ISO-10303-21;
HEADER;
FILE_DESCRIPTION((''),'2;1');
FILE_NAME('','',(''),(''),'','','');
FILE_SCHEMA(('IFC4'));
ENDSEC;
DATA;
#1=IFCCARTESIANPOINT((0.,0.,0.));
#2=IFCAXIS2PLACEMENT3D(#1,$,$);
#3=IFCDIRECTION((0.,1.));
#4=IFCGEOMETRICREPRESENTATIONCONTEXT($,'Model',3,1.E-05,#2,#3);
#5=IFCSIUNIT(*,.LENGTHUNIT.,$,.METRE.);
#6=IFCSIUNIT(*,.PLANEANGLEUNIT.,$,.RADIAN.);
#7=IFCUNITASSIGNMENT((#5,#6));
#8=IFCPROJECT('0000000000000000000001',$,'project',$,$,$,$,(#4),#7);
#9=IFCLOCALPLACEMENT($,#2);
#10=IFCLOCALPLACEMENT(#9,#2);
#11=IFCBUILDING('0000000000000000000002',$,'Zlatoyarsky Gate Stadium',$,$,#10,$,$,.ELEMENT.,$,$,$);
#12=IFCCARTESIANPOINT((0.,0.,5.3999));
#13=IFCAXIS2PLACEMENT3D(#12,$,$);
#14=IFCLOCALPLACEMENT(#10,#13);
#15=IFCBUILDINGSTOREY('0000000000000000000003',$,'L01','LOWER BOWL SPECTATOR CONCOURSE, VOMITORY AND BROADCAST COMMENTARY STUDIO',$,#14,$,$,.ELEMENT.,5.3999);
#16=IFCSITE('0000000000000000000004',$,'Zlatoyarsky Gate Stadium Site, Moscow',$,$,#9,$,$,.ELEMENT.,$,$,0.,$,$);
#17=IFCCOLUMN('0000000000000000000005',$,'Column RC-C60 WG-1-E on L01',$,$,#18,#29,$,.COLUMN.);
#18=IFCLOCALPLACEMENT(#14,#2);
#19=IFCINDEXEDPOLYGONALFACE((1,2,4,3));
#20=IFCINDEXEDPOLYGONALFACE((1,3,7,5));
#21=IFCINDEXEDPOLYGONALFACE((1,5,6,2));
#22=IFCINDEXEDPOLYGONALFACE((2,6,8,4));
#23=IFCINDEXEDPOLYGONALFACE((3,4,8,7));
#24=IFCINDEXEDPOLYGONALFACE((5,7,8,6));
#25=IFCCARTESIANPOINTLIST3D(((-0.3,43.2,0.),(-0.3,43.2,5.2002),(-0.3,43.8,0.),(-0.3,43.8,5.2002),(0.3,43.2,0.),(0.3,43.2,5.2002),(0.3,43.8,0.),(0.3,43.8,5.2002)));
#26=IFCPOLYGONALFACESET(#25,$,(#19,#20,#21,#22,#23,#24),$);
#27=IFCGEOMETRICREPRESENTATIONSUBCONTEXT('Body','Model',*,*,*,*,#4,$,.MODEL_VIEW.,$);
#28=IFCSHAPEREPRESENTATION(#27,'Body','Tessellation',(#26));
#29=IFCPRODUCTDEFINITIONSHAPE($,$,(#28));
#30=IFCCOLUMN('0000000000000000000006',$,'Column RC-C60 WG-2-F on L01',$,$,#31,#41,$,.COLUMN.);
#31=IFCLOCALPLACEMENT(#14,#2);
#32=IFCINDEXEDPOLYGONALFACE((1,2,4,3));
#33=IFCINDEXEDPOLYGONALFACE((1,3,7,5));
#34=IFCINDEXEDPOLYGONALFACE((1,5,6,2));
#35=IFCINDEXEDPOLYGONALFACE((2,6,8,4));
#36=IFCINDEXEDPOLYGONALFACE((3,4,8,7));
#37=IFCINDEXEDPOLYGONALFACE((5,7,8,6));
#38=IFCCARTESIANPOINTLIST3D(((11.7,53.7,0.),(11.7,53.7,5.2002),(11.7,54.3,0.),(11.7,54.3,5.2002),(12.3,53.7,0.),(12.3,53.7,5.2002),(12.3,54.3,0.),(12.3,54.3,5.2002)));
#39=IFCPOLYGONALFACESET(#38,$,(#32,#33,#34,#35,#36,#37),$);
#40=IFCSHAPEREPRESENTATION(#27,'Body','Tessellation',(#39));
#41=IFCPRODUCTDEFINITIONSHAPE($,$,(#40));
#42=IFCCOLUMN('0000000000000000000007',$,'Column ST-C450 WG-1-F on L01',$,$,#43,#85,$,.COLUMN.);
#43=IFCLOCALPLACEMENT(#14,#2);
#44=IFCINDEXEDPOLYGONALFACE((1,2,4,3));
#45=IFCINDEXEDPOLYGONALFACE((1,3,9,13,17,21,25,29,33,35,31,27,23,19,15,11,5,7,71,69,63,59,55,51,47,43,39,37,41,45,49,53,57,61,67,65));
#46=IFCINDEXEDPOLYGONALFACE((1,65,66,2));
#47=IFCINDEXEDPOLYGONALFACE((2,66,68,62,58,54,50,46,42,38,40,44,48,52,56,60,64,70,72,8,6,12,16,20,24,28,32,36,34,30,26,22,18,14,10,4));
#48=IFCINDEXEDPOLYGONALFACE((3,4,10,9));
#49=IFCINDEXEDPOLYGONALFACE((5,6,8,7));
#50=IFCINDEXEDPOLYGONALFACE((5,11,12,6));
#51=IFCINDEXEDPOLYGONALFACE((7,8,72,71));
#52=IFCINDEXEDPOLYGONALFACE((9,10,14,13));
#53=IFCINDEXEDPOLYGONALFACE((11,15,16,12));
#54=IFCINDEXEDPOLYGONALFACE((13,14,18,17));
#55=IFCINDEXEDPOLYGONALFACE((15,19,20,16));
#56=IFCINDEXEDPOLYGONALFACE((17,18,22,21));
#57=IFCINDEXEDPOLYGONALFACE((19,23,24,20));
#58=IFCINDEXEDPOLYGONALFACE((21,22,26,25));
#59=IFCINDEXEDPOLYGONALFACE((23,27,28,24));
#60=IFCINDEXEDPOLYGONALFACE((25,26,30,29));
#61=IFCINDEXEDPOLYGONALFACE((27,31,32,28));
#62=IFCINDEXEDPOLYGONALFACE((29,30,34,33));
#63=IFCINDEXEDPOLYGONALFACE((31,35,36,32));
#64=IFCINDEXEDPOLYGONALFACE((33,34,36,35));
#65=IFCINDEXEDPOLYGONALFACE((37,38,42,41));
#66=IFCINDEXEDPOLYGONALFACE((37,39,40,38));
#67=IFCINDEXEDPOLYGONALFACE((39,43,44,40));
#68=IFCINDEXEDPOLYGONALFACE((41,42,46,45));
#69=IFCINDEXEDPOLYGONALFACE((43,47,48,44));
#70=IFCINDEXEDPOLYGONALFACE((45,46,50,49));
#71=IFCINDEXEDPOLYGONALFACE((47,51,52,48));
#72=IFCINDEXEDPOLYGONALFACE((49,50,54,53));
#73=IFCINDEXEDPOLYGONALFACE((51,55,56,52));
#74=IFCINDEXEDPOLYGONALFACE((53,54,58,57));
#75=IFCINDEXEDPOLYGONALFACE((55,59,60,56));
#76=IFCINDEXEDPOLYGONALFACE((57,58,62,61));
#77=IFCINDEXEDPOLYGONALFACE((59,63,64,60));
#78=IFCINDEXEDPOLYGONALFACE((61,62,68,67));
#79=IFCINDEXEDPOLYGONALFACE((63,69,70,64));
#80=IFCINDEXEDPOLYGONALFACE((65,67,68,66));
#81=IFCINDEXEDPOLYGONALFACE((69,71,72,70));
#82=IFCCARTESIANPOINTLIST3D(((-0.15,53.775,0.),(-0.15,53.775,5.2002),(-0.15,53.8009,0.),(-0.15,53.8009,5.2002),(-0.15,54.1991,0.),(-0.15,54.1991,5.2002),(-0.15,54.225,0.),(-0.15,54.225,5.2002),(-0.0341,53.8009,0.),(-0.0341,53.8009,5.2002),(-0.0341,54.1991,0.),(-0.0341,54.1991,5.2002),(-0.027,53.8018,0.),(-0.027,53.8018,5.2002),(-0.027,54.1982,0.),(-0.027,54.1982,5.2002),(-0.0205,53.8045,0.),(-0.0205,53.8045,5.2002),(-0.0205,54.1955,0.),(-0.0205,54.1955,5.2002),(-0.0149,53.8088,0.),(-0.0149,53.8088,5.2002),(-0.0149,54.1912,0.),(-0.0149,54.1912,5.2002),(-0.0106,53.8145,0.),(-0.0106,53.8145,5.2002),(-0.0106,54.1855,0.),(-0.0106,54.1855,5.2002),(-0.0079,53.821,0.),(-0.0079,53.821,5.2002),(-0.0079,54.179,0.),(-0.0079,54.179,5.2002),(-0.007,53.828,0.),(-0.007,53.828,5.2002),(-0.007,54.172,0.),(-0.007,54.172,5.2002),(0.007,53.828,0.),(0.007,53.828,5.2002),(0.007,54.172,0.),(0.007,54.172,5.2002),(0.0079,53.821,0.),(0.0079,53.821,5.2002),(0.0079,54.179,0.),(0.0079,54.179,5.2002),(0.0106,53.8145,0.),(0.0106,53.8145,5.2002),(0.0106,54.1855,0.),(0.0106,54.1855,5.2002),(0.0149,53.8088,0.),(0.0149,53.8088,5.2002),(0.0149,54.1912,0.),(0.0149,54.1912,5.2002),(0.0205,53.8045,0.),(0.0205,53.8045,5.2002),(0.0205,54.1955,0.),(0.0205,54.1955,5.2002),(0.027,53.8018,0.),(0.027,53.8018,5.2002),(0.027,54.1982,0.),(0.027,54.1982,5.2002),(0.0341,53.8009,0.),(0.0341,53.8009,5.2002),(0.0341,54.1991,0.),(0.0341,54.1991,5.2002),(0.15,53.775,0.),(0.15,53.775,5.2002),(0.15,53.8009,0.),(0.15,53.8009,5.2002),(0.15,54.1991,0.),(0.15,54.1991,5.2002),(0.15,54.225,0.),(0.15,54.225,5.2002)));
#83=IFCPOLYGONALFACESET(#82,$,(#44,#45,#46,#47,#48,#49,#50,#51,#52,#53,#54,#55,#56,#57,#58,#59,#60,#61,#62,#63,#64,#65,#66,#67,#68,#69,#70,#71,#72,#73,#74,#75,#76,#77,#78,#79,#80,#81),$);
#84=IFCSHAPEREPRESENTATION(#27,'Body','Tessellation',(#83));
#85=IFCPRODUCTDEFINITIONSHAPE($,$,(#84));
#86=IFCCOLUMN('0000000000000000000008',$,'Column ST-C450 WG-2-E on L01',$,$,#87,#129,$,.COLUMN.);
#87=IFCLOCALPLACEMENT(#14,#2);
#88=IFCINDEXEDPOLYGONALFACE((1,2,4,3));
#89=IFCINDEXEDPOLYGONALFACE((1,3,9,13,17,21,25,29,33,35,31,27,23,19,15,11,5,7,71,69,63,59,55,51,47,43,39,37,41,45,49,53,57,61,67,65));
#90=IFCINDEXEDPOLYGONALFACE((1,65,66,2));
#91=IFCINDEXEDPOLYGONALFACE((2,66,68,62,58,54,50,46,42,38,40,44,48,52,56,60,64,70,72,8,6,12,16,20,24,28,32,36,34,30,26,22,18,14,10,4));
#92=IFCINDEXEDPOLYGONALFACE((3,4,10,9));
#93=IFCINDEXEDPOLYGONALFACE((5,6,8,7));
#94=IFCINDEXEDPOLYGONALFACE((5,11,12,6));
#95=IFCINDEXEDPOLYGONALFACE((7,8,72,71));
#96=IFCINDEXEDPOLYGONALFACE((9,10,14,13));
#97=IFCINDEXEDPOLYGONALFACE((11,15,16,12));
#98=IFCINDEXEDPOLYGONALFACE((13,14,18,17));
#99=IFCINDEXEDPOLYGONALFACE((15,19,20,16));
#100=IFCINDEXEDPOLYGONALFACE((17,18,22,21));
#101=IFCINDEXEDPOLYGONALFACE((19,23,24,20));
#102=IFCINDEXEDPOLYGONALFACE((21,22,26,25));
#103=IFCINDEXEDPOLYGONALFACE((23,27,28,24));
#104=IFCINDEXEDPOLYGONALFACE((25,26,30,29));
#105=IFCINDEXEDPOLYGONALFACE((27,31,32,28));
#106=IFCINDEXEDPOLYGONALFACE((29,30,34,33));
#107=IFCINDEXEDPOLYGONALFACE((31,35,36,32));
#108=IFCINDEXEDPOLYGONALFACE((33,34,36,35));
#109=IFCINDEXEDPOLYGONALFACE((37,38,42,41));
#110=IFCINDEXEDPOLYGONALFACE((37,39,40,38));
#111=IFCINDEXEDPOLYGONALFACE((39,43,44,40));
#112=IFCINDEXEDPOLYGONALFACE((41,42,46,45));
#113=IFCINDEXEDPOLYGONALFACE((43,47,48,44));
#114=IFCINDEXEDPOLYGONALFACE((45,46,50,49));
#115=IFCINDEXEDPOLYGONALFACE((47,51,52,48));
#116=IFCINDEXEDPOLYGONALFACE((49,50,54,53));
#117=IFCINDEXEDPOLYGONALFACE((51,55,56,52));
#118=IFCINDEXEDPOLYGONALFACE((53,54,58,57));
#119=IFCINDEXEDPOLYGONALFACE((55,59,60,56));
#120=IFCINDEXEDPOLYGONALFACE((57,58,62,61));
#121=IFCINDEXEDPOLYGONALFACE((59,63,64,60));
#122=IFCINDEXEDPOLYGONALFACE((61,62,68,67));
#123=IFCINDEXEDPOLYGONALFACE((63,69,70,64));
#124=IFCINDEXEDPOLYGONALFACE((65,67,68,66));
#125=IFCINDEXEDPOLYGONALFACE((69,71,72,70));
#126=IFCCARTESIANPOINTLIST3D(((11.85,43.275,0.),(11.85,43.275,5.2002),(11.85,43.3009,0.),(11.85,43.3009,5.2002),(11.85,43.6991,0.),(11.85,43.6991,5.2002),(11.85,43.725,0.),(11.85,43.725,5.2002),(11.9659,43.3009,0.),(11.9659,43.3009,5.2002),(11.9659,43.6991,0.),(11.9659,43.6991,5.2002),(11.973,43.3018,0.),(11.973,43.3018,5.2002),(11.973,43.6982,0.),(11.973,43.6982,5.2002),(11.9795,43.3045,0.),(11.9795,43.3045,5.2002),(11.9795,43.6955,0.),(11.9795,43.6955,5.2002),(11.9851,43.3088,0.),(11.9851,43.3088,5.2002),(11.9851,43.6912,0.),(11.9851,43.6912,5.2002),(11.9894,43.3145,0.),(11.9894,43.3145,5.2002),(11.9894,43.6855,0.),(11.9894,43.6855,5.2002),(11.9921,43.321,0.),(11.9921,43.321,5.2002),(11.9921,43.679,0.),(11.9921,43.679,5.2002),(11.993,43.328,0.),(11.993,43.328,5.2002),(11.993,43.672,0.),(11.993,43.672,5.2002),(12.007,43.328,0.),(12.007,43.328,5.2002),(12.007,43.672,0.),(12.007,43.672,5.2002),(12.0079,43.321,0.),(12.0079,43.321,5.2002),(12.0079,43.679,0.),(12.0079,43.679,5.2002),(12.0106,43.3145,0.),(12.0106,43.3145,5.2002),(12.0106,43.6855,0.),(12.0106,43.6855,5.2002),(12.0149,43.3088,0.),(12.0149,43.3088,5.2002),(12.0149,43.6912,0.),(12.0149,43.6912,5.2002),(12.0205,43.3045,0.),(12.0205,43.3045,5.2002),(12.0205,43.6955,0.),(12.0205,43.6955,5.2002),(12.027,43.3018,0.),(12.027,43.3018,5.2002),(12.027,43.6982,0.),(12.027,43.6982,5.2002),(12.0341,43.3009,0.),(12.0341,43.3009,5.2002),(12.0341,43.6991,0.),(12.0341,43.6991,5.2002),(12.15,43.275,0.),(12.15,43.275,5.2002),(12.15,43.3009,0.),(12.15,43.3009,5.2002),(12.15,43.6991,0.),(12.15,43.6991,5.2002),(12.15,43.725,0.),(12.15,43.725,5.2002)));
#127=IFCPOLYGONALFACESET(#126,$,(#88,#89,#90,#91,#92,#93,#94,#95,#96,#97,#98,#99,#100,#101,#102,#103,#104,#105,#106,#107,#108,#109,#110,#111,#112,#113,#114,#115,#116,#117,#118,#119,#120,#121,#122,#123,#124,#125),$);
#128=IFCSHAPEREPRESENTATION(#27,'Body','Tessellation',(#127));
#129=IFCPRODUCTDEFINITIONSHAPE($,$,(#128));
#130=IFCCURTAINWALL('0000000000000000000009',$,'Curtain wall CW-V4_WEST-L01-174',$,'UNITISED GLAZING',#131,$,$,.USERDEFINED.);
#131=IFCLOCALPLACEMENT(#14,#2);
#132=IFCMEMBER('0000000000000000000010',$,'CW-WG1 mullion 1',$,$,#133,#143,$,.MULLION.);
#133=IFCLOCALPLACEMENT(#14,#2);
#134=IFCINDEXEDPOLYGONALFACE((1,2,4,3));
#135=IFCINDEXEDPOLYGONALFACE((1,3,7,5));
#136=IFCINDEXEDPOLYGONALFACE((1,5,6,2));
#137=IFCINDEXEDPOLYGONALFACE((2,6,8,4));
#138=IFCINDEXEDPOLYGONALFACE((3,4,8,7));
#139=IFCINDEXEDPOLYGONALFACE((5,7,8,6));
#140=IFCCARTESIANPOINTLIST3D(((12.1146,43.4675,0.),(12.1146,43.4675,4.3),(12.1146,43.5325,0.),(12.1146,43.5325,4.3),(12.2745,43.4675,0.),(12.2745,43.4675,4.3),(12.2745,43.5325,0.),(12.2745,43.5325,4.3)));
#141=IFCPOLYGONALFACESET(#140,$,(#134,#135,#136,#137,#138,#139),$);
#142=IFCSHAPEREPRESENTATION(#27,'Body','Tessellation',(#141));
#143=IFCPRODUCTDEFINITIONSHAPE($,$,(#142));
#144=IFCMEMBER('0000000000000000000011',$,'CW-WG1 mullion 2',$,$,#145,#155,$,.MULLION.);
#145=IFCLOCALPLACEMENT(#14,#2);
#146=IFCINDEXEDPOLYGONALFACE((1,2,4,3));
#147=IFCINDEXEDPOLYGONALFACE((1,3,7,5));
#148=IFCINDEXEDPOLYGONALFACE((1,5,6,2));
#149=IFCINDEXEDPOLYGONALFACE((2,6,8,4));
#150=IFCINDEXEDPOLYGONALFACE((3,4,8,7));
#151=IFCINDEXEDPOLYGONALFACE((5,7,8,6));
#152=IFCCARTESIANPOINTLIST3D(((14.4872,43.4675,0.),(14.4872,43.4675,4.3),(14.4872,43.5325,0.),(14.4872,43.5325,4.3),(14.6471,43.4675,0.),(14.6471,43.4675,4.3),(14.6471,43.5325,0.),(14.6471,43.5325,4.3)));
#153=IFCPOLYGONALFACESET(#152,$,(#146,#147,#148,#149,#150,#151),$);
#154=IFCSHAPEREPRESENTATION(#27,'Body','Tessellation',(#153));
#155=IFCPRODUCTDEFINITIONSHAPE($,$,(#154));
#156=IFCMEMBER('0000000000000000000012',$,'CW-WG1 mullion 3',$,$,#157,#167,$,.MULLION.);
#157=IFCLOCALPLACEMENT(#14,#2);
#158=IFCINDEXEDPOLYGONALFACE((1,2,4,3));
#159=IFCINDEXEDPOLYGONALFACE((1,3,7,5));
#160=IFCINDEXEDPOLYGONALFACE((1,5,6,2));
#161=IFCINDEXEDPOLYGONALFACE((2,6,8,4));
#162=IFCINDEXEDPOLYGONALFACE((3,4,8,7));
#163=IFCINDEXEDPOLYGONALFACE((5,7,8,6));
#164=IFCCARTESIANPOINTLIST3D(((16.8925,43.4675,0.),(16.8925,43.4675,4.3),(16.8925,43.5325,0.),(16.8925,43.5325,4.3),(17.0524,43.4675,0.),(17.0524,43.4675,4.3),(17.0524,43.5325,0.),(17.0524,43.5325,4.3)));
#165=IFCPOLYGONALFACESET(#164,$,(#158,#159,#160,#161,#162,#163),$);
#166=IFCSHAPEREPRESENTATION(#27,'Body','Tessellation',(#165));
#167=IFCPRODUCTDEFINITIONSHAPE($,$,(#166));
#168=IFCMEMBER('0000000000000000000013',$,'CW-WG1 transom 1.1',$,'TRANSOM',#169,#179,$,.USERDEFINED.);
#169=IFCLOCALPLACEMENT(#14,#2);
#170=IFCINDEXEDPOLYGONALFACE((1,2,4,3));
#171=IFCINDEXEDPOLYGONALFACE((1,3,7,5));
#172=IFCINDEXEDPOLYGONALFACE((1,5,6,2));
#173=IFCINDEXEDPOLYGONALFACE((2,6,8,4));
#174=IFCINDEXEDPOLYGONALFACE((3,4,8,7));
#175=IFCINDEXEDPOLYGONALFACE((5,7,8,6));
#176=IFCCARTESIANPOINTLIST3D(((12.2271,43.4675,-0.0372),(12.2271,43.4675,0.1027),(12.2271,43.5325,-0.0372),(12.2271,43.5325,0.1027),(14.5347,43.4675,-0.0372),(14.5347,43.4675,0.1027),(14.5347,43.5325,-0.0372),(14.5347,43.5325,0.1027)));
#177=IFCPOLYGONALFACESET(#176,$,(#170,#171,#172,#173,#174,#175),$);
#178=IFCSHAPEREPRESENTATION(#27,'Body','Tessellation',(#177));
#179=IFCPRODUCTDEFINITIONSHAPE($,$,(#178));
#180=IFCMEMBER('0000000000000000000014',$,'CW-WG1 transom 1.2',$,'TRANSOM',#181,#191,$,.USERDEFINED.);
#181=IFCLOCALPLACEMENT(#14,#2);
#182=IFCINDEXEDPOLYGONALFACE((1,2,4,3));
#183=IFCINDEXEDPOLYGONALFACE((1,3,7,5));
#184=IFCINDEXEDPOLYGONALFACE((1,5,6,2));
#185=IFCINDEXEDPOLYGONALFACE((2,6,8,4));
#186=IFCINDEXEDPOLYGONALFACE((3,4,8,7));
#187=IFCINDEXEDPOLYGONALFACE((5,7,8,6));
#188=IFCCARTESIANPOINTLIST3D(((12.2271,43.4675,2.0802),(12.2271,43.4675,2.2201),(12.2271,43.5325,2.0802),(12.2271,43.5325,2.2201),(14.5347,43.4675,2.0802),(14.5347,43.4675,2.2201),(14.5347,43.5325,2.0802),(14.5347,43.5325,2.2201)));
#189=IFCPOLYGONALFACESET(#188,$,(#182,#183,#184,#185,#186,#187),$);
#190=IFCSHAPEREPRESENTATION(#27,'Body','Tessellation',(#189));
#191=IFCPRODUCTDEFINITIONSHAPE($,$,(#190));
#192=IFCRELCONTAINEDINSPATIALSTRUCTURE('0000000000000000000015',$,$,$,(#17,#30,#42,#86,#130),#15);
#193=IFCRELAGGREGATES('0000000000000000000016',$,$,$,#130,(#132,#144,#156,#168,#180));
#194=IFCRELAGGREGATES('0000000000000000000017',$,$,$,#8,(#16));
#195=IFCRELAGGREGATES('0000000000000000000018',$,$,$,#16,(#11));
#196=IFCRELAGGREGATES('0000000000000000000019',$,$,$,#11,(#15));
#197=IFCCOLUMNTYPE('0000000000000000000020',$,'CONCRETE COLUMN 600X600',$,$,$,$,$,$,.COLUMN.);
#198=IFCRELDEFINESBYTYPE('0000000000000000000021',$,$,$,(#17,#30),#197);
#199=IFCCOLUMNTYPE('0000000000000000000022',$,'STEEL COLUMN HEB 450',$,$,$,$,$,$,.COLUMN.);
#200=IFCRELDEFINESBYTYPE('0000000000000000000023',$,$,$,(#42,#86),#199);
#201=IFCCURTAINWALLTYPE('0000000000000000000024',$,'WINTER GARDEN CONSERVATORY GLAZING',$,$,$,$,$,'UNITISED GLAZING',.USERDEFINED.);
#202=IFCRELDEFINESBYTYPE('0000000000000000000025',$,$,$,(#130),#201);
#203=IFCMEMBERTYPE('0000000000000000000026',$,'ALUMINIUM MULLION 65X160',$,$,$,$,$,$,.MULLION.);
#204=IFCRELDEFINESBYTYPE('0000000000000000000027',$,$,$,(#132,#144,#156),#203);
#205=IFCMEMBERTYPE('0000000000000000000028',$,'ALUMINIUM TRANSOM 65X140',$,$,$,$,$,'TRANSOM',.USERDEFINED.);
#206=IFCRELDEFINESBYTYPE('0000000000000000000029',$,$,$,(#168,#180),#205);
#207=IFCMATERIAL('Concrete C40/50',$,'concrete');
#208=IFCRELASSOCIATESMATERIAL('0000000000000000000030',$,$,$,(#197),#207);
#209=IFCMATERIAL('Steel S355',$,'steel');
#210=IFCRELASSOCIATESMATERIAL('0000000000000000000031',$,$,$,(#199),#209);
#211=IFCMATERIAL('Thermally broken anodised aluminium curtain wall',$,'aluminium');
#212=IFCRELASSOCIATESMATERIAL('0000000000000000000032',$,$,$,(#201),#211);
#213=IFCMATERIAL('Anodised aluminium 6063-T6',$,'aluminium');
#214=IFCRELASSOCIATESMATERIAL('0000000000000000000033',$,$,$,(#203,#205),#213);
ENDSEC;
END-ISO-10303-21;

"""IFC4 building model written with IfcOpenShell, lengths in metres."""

from ifc_helpers import new_model, si_unit, direction, frame, origin, origin_2d, place, context, subcontext, project, spatial, rectangle, i_section, extrude, material, material_profile, profile_set, type_object, element, aggregate, save


model = new_model("IFC4")

# Units and contexts
model_context = context("Model", 3, precision=1e-05, world=origin(), true_north=direction((0.0, 1.0)))
body_context = subcontext(model_context, "Body", "Model", "MODEL_VIEW")
ifc_project = project(units=[si_unit("LENGTHUNIT", "METRE"), si_unit("PLANEANGLEUNIT", "RADIAN")], contexts=[model_context])

# Site, building, storey
site_placement = place(None, origin())
site = spatial("IfcSite", under=ifc_project, at=site_placement, Name="Zlatoyarsky Gate Stadium Site, Moscow", CompositionType="ELEMENT", RefElevation=0.0)
building_placement = place(site_placement, origin())
building = spatial("IfcBuilding", under=site, at=building_placement, Name="Zlatoyarsky Gate Stadium", CompositionType="ELEMENT")
storey_placement = place(building_placement, frame((0.0, 0.0, 5.3999)))
storey = spatial("IfcBuildingStorey", under=building, at=storey_placement, Name="L01", Description="LOWER BOWL SPECTATOR CONCOURSE, VOMITORY AND BROADCAST COMMENTARY STUDIO", CompositionType="ELEMENT", Elevation=5.3999)

# Columns
ifc_material_1 = material(Name="Concrete C40/50", Category="concrete")
ifc_material_profile_1 = material_profile(ifc_material_1, rectangle(XDim=0.6001, YDim=0.6001, at=origin_2d()), Name="RC COL 600X600")
ifc_profile_set_1 = profile_set([ifc_material_profile_1], Name="Concrete C40/50")
column_type_1 = type_object("IfcColumnType", Name="CONCRETE COLUMN 600X600", PredefinedType="COLUMN", material=ifc_profile_set_1)
for number, where, z_axis, x_axis, name in (
    (1, (0.0, 43.5, 0.0), (0.0, 0.0, 1.0), (1.0, 0.0, 0.0), "Column RC-C60 WG-1-E on L01"),
    (2, (12.0, 54.0, 0.0), (0.0, 0.0, 1.0), (1.0, 0.0, 0.0), "Column RC-C60 WG-2-F on L01"),
):
    element("IfcColumn", number, at=place(storey_placement, frame(where, z_axis=z_axis, x_axis=x_axis)), inside=storey, type_object=column_type_1, Name=name, PredefinedType="COLUMN", context=body_context, shape_type="SweptSolid", body=[
        extrude(rectangle(XDim=0.6001, YDim=0.6001, at=origin_2d()), origin(), (0.0, 0.0, 1.0), 5.2002),
    ])
ifc_material_2 = material(Name="Steel S355", Category="steel")
ifc_material_profile_2 = material_profile(ifc_material_2, i_section(OverallWidth=0.3, OverallDepth=0.45, WebThickness=0.0139, FlangeThickness=0.0259, FilletRadius=0.0271, at=origin_2d()), Name="HEB 450")
ifc_profile_set_2 = profile_set([ifc_material_profile_2], Name="Steel S355")
column_type_2 = type_object("IfcColumnType", Name="STEEL COLUMN HEB 450", PredefinedType="COLUMN", material=ifc_profile_set_2)
for number, where, z_axis, x_axis, name in (
    (3, (0.0, 54.0, 0.0), (0.0, 0.0, 1.0), (1.0, 0.0, 0.0), "Column ST-C450 WG-1-F on L01"),
    (4, (12.0, 43.5, 0.0), (0.0, 0.0, 1.0), (1.0, 0.0, 0.0), "Column ST-C450 WG-2-E on L01"),
):
    element("IfcColumn", number, at=place(storey_placement, frame(where, z_axis=z_axis, x_axis=x_axis)), inside=storey, type_object=column_type_2, Name=name, PredefinedType="COLUMN", context=body_context, shape_type="SweptSolid", body=[
        extrude(i_section(OverallWidth=0.3, OverallDepth=0.45, WebThickness=0.0139, FlangeThickness=0.0259, FilletRadius=0.0271, at=origin_2d()), origin(), (0.0, 0.0, 1.0), 5.2002),
    ])

# Curtain wall, members
ifc_material_3 = material(Name="Thermally broken anodised aluminium curtain wall", Category="aluminium")
curtain_wall_type = type_object("IfcCurtainWallType", Name="WINTER GARDEN CONSERVATORY GLAZING", ElementType="UNITISED GLAZING", PredefinedType="USERDEFINED", material=ifc_material_3)
curtain_wall_placement = place(storey_placement, origin())
curtain_wall = element("IfcCurtainWall", 5, at=curtain_wall_placement, inside=storey, type_object=curtain_wall_type, Name="Curtain wall CW-V4_WEST-L01-174", ObjectType="UNITISED GLAZING", PredefinedType="USERDEFINED")
ifc_material_4 = material(Name="Anodised aluminium 6063-T6", Category="aluminium")
ifc_material_profile_3 = material_profile(ifc_material_4, rectangle(XDim=0.0649, YDim=0.1599, at=origin_2d()), Name="ALU 65X160")
ifc_profile_set_3 = profile_set([ifc_material_profile_3], Name="Anodised aluminium 6063-T6")
member_type_1 = type_object("IfcMemberType", Name="ALUMINIUM MULLION 65X160", PredefinedType="MULLION", material=ifc_profile_set_3)
member_1_placement = place(storey_placement, frame((12.1946, 43.5, 0.0), z_axis=(0.0, 0.0, 1.0), x_axis=(0.0, 1.0, 0.0)))
member_1 = element("IfcMember", 6, at=member_1_placement, type_object=member_type_1, Name="CW-WG1 mullion 1", PredefinedType="MULLION", context=body_context, shape_type="SweptSolid", body=[
    extrude(rectangle(XDim=0.0649, YDim=0.1599, at=origin_2d()), origin(), (0.0, 0.0, 1.0), 4.3),
])
member_2_placement = place(storey_placement, frame((14.5671, 43.5, 0.0), z_axis=(0.0, 0.0, 1.0), x_axis=(0.0, 1.0, 0.0)))
member_2 = element("IfcMember", 7, at=member_2_placement, type_object=member_type_1, Name="CW-WG1 mullion 2", PredefinedType="MULLION", context=body_context, shape_type="SweptSolid", body=[
    extrude(rectangle(XDim=0.0649, YDim=0.1599, at=origin_2d()), origin(), (0.0, 0.0, 1.0), 4.3),
])
member_3_placement = place(storey_placement, frame((16.9724, 43.5, 0.0), z_axis=(0.0, 0.0, 1.0), x_axis=(0.0, 1.0, 0.0)))
member_3 = element("IfcMember", 8, at=member_3_placement, type_object=member_type_1, Name="CW-WG1 mullion 3", PredefinedType="MULLION", context=body_context, shape_type="SweptSolid", body=[
    extrude(rectangle(XDim=0.0649, YDim=0.1599, at=origin_2d()), origin(), (0.0, 0.0, 1.0), 4.3),
])
ifc_material_profile_4 = material_profile(ifc_material_4, rectangle(XDim=0.0649, YDim=0.1399, at=origin_2d()), Name="ALU 65X140")
ifc_profile_set_4 = profile_set([ifc_material_profile_4], Name="Anodised aluminium 6063-T6")
member_type_2 = type_object("IfcMemberType", Name="ALUMINIUM TRANSOM 65X140", ElementType="TRANSOM", PredefinedType="USERDEFINED", material=ifc_profile_set_4)
member_4_placement = place(storey_placement, frame((12.2271, 43.5, 0.0327), z_axis=(1.0, 0.0, 0.0), x_axis=(0.0, 1.0, 0.0)))
member_4 = element("IfcMember", 9, at=member_4_placement, type_object=member_type_2, Name="CW-WG1 transom 1.1", ObjectType="TRANSOM", PredefinedType="USERDEFINED", context=body_context, shape_type="SweptSolid", body=[
    extrude(rectangle(XDim=0.0649, YDim=0.1399, at=origin_2d()), origin(), (0.0, 0.0, 1.0), 2.3076),
])
member_5_placement = place(storey_placement, frame((12.2271, 43.5, 2.1501), z_axis=(1.0, 0.0, 0.0), x_axis=(0.0, 1.0, 0.0)))
member_5 = element("IfcMember", 10, at=member_5_placement, type_object=member_type_2, Name="CW-WG1 transom 1.2", ObjectType="TRANSOM", PredefinedType="USERDEFINED", context=body_context, shape_type="SweptSolid", body=[
    extrude(rectangle(XDim=0.0649, YDim=0.1399, at=origin_2d()), origin(), (0.0, 0.0, 1.0), 2.3076),
])

aggregate(curtain_wall, [member_1, member_2, member_3, member_4, member_5])

save(model, "model.ifc")
